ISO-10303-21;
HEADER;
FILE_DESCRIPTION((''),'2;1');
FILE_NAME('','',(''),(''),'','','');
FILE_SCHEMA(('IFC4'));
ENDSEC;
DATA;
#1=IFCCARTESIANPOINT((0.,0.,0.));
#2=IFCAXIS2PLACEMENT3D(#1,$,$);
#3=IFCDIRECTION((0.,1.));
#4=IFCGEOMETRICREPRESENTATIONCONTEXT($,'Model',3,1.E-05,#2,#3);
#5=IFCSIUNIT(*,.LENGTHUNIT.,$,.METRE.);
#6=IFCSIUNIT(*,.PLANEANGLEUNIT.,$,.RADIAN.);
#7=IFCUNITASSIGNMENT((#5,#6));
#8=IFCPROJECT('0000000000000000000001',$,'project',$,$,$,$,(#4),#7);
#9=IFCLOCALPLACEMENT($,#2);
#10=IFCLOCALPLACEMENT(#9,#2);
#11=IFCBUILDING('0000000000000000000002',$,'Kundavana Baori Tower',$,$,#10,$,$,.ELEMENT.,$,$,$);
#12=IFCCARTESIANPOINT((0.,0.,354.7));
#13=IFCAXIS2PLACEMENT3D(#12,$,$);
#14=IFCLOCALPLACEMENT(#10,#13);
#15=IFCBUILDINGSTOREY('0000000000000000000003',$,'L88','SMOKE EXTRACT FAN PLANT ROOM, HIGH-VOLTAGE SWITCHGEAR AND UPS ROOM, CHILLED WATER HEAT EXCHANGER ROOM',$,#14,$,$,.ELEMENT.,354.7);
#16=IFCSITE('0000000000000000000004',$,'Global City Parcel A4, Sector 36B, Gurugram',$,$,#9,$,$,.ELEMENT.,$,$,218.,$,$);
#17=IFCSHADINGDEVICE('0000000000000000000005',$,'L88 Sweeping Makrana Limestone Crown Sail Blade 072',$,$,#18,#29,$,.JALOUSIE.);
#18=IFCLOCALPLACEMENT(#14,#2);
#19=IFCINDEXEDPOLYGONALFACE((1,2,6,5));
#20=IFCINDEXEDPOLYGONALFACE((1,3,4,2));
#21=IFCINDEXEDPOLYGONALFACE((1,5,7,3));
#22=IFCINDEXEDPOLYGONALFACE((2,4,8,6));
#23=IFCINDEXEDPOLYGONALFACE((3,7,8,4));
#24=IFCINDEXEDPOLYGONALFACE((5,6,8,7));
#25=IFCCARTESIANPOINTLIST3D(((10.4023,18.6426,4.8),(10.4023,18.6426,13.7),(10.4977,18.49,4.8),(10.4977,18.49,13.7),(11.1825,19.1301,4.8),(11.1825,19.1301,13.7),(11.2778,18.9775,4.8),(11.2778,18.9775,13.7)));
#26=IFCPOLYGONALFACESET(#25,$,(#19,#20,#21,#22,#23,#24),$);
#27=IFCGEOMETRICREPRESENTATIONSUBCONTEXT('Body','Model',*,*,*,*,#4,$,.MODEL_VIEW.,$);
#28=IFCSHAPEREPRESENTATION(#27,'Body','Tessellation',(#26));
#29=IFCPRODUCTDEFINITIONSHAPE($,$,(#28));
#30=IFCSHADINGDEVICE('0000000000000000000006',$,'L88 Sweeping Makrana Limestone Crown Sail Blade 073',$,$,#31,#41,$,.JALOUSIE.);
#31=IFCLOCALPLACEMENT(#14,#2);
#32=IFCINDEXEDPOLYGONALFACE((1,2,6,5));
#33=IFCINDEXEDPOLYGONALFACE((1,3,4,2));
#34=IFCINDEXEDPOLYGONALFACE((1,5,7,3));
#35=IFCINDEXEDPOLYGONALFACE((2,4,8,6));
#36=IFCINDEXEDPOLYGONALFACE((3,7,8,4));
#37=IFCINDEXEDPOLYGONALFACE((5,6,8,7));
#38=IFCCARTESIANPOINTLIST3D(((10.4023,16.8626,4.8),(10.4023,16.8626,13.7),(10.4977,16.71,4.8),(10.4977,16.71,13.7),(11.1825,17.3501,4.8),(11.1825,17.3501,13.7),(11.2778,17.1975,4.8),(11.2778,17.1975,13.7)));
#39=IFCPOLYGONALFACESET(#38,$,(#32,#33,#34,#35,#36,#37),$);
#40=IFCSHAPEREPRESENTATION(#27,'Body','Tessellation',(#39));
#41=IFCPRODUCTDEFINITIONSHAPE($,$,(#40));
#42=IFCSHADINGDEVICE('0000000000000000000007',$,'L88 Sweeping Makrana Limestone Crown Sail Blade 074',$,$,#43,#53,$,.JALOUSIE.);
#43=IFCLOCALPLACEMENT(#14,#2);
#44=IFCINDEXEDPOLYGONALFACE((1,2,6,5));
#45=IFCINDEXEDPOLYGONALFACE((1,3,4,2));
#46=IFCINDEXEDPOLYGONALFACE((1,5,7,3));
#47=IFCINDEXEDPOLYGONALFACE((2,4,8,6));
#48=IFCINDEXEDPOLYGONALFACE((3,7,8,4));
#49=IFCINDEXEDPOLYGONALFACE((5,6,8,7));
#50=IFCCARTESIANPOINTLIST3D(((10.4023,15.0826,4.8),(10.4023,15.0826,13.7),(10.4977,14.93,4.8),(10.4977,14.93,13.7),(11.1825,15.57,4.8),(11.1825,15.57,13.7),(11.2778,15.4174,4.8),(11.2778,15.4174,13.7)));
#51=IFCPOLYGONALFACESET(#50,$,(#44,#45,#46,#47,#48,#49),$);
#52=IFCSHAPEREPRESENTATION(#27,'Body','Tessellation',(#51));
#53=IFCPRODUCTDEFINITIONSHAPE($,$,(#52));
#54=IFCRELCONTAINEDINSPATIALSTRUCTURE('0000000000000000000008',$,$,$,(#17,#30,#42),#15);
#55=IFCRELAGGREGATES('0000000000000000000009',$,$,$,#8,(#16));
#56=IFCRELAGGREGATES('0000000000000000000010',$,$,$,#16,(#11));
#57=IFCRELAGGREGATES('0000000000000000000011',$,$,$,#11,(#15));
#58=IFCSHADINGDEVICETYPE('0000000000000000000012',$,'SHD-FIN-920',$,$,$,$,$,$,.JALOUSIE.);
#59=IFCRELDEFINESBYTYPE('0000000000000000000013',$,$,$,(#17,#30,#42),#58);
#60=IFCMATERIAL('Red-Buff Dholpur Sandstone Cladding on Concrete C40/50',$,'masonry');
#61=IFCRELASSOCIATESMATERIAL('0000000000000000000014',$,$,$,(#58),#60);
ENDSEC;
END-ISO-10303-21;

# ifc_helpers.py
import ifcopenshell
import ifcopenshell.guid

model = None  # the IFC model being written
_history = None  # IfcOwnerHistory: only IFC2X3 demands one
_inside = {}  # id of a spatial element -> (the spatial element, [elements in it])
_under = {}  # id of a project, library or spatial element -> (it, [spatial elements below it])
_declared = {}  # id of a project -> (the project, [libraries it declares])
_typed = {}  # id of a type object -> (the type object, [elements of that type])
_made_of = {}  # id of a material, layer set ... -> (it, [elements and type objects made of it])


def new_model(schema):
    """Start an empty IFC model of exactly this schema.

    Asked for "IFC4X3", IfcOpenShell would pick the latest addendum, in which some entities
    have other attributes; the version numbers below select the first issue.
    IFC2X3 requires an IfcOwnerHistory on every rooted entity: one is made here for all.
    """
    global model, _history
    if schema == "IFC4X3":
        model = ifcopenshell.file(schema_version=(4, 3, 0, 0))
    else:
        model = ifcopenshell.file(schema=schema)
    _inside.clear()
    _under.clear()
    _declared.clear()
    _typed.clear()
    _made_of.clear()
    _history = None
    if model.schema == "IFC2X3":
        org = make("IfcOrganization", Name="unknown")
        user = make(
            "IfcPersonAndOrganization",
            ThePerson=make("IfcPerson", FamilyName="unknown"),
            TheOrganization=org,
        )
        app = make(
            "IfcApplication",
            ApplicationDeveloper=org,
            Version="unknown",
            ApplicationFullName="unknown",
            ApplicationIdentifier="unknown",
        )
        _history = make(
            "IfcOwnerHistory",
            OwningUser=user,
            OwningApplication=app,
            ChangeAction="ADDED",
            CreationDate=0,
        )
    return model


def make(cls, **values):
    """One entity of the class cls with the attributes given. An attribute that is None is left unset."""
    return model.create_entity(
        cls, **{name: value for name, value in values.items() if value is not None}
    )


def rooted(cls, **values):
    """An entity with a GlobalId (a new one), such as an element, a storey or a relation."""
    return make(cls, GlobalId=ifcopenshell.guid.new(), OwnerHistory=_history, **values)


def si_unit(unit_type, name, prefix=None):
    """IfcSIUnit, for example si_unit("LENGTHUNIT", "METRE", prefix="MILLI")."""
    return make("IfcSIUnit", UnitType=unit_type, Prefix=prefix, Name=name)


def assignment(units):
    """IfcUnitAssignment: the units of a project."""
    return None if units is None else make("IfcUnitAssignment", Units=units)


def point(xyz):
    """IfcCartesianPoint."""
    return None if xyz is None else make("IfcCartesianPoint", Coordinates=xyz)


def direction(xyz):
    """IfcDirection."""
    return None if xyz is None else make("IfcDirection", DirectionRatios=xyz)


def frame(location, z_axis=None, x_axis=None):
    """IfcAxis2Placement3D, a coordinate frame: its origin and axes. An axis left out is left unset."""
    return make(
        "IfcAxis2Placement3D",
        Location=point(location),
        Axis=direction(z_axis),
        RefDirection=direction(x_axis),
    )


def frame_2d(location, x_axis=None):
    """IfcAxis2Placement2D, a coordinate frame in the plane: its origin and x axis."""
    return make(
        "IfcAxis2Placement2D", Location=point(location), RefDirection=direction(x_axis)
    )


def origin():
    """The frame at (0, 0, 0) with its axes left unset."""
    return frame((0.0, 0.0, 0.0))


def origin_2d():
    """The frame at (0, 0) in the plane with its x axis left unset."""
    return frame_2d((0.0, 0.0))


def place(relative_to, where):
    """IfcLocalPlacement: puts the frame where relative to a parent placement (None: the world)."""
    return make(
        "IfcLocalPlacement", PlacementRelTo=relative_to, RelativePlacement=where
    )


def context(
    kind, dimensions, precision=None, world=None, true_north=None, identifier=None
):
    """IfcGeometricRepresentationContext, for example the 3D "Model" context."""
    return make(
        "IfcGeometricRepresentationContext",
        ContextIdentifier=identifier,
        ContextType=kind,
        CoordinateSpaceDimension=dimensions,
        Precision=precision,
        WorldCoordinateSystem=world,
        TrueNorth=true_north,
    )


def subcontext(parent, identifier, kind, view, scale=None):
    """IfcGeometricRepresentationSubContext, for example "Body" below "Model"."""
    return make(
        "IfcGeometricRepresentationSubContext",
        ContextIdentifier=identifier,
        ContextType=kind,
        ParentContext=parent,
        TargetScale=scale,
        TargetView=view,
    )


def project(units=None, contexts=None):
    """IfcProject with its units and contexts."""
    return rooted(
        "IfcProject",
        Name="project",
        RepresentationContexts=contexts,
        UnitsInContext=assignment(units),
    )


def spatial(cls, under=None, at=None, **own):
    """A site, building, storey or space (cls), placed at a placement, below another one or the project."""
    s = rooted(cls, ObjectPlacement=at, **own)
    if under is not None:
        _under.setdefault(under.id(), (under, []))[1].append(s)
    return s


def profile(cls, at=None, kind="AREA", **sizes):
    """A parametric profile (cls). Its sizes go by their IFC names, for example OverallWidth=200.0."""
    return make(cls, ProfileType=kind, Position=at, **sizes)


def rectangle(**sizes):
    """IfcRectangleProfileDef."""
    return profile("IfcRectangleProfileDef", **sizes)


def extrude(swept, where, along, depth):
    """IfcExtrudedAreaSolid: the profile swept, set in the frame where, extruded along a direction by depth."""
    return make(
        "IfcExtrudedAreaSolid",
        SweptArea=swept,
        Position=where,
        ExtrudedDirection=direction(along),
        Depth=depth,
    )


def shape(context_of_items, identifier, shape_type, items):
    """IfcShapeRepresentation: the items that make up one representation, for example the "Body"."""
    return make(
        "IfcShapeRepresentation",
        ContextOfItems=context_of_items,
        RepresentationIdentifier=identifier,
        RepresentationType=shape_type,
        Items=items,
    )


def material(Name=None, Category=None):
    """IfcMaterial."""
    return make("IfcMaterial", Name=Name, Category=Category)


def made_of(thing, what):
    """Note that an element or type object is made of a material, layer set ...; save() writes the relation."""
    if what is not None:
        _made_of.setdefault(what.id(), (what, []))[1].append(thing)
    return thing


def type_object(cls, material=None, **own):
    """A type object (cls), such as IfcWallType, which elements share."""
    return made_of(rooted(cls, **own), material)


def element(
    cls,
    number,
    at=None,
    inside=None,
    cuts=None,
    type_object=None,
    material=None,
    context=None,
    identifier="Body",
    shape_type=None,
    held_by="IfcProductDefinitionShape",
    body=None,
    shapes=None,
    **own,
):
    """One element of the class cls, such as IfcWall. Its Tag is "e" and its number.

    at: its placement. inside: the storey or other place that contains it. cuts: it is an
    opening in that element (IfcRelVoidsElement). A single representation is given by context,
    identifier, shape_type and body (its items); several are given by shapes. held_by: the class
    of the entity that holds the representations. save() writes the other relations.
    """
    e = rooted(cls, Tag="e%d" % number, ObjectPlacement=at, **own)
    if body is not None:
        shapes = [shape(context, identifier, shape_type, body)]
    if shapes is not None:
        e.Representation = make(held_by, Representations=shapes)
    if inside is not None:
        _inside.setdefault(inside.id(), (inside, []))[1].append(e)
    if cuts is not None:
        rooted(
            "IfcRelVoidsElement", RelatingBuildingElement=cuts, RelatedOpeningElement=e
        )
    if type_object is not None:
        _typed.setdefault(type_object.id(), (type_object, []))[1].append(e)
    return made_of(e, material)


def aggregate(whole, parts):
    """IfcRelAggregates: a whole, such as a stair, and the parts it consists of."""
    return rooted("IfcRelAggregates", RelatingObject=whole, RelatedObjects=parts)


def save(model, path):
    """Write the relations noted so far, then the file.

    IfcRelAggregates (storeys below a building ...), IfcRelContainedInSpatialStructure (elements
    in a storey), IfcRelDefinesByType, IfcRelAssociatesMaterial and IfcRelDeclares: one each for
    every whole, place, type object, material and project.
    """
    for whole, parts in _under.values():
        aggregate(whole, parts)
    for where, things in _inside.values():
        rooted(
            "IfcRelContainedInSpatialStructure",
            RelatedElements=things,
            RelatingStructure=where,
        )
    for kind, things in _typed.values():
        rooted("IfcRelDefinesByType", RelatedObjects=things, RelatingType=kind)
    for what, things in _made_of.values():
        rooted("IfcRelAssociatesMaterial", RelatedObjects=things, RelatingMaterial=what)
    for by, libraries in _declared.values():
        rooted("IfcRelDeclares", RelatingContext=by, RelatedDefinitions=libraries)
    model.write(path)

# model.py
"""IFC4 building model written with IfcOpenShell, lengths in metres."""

from ifc_helpers import new_model, si_unit, direction, frame, origin, origin_2d, place, context, subcontext, project, spatial, rectangle, extrude, material, type_object, element, save


model = new_model("IFC4")

# Units and contexts
model_context = context("Model", 3, precision=1e-05, world=origin(), true_north=direction((0.0, 1.0)))
body_context = subcontext(model_context, "Body", "Model", "MODEL_VIEW")
ifc_project = project(units=[si_unit("LENGTHUNIT", "METRE"), si_unit("PLANEANGLEUNIT", "RADIAN")], contexts=[model_context])

# Site, building, storey
site_placement = place(None, origin())
site = spatial("IfcSite", under=ifc_project, at=site_placement, Name="Global City Parcel A4, Sector 36B, Gurugram", CompositionType="ELEMENT", RefElevation=218.0)
building_placement = place(site_placement, origin())
building = spatial("IfcBuilding", under=site, at=building_placement, Name="Kundavana Baori Tower", CompositionType="ELEMENT")
storey_placement = place(building_placement, frame((0.0, 0.0, 354.7)))
storey = spatial("IfcBuildingStorey", under=building, at=storey_placement, Name="L88", Description="SMOKE EXTRACT FAN PLANT ROOM, HIGH-VOLTAGE SWITCHGEAR AND UPS ROOM, CHILLED WATER HEAT EXCHANGER ROOM", CompositionType="ELEMENT", Elevation=354.7)

# Shading devices
ifc_material_1 = material(Name="Red-Buff Dholpur Sandstone Cladding on Concrete C40/50", Category="masonry")
shading_device_type = type_object("IfcShadingDeviceType", Name="SHD-FIN-920", PredefinedType="JALOUSIE", material=ifc_material_1)
for number, where, z_axis, x_axis, name in (
    (1, (10.8401, 18.8101, 4.8), (0.0, 0.0, 1.0), (-0.529919, 0.848048, 0.0), "L88 Sweeping Makrana Limestone Crown Sail Blade 072"),
    (2, (10.8401, 17.03, 4.8), (0.0, 0.0, 1.0), (-0.529919, 0.848048, 0.0), "L88 Sweeping Makrana Limestone Crown Sail Blade 073"),
    (3, (10.8401, 15.25, 4.8), (0.0, 0.0, 1.0), (-0.529919, 0.848048, 0.0), "L88 Sweeping Makrana Limestone Crown Sail Blade 074"),
):
    element("IfcShadingDevice", number, at=place(storey_placement, frame(where, z_axis=z_axis, x_axis=x_axis)), inside=storey, type_object=shading_device_type, Name=name, PredefinedType="JALOUSIE", context=body_context, shape_type="SweptSolid", body=[
        extrude(rectangle(XDim=0.1799, YDim=0.9199, at=origin_2d()), origin(), (0.0, 0.0, 1.0), 8.8999),
    ])

save(model, "model.ifc")
